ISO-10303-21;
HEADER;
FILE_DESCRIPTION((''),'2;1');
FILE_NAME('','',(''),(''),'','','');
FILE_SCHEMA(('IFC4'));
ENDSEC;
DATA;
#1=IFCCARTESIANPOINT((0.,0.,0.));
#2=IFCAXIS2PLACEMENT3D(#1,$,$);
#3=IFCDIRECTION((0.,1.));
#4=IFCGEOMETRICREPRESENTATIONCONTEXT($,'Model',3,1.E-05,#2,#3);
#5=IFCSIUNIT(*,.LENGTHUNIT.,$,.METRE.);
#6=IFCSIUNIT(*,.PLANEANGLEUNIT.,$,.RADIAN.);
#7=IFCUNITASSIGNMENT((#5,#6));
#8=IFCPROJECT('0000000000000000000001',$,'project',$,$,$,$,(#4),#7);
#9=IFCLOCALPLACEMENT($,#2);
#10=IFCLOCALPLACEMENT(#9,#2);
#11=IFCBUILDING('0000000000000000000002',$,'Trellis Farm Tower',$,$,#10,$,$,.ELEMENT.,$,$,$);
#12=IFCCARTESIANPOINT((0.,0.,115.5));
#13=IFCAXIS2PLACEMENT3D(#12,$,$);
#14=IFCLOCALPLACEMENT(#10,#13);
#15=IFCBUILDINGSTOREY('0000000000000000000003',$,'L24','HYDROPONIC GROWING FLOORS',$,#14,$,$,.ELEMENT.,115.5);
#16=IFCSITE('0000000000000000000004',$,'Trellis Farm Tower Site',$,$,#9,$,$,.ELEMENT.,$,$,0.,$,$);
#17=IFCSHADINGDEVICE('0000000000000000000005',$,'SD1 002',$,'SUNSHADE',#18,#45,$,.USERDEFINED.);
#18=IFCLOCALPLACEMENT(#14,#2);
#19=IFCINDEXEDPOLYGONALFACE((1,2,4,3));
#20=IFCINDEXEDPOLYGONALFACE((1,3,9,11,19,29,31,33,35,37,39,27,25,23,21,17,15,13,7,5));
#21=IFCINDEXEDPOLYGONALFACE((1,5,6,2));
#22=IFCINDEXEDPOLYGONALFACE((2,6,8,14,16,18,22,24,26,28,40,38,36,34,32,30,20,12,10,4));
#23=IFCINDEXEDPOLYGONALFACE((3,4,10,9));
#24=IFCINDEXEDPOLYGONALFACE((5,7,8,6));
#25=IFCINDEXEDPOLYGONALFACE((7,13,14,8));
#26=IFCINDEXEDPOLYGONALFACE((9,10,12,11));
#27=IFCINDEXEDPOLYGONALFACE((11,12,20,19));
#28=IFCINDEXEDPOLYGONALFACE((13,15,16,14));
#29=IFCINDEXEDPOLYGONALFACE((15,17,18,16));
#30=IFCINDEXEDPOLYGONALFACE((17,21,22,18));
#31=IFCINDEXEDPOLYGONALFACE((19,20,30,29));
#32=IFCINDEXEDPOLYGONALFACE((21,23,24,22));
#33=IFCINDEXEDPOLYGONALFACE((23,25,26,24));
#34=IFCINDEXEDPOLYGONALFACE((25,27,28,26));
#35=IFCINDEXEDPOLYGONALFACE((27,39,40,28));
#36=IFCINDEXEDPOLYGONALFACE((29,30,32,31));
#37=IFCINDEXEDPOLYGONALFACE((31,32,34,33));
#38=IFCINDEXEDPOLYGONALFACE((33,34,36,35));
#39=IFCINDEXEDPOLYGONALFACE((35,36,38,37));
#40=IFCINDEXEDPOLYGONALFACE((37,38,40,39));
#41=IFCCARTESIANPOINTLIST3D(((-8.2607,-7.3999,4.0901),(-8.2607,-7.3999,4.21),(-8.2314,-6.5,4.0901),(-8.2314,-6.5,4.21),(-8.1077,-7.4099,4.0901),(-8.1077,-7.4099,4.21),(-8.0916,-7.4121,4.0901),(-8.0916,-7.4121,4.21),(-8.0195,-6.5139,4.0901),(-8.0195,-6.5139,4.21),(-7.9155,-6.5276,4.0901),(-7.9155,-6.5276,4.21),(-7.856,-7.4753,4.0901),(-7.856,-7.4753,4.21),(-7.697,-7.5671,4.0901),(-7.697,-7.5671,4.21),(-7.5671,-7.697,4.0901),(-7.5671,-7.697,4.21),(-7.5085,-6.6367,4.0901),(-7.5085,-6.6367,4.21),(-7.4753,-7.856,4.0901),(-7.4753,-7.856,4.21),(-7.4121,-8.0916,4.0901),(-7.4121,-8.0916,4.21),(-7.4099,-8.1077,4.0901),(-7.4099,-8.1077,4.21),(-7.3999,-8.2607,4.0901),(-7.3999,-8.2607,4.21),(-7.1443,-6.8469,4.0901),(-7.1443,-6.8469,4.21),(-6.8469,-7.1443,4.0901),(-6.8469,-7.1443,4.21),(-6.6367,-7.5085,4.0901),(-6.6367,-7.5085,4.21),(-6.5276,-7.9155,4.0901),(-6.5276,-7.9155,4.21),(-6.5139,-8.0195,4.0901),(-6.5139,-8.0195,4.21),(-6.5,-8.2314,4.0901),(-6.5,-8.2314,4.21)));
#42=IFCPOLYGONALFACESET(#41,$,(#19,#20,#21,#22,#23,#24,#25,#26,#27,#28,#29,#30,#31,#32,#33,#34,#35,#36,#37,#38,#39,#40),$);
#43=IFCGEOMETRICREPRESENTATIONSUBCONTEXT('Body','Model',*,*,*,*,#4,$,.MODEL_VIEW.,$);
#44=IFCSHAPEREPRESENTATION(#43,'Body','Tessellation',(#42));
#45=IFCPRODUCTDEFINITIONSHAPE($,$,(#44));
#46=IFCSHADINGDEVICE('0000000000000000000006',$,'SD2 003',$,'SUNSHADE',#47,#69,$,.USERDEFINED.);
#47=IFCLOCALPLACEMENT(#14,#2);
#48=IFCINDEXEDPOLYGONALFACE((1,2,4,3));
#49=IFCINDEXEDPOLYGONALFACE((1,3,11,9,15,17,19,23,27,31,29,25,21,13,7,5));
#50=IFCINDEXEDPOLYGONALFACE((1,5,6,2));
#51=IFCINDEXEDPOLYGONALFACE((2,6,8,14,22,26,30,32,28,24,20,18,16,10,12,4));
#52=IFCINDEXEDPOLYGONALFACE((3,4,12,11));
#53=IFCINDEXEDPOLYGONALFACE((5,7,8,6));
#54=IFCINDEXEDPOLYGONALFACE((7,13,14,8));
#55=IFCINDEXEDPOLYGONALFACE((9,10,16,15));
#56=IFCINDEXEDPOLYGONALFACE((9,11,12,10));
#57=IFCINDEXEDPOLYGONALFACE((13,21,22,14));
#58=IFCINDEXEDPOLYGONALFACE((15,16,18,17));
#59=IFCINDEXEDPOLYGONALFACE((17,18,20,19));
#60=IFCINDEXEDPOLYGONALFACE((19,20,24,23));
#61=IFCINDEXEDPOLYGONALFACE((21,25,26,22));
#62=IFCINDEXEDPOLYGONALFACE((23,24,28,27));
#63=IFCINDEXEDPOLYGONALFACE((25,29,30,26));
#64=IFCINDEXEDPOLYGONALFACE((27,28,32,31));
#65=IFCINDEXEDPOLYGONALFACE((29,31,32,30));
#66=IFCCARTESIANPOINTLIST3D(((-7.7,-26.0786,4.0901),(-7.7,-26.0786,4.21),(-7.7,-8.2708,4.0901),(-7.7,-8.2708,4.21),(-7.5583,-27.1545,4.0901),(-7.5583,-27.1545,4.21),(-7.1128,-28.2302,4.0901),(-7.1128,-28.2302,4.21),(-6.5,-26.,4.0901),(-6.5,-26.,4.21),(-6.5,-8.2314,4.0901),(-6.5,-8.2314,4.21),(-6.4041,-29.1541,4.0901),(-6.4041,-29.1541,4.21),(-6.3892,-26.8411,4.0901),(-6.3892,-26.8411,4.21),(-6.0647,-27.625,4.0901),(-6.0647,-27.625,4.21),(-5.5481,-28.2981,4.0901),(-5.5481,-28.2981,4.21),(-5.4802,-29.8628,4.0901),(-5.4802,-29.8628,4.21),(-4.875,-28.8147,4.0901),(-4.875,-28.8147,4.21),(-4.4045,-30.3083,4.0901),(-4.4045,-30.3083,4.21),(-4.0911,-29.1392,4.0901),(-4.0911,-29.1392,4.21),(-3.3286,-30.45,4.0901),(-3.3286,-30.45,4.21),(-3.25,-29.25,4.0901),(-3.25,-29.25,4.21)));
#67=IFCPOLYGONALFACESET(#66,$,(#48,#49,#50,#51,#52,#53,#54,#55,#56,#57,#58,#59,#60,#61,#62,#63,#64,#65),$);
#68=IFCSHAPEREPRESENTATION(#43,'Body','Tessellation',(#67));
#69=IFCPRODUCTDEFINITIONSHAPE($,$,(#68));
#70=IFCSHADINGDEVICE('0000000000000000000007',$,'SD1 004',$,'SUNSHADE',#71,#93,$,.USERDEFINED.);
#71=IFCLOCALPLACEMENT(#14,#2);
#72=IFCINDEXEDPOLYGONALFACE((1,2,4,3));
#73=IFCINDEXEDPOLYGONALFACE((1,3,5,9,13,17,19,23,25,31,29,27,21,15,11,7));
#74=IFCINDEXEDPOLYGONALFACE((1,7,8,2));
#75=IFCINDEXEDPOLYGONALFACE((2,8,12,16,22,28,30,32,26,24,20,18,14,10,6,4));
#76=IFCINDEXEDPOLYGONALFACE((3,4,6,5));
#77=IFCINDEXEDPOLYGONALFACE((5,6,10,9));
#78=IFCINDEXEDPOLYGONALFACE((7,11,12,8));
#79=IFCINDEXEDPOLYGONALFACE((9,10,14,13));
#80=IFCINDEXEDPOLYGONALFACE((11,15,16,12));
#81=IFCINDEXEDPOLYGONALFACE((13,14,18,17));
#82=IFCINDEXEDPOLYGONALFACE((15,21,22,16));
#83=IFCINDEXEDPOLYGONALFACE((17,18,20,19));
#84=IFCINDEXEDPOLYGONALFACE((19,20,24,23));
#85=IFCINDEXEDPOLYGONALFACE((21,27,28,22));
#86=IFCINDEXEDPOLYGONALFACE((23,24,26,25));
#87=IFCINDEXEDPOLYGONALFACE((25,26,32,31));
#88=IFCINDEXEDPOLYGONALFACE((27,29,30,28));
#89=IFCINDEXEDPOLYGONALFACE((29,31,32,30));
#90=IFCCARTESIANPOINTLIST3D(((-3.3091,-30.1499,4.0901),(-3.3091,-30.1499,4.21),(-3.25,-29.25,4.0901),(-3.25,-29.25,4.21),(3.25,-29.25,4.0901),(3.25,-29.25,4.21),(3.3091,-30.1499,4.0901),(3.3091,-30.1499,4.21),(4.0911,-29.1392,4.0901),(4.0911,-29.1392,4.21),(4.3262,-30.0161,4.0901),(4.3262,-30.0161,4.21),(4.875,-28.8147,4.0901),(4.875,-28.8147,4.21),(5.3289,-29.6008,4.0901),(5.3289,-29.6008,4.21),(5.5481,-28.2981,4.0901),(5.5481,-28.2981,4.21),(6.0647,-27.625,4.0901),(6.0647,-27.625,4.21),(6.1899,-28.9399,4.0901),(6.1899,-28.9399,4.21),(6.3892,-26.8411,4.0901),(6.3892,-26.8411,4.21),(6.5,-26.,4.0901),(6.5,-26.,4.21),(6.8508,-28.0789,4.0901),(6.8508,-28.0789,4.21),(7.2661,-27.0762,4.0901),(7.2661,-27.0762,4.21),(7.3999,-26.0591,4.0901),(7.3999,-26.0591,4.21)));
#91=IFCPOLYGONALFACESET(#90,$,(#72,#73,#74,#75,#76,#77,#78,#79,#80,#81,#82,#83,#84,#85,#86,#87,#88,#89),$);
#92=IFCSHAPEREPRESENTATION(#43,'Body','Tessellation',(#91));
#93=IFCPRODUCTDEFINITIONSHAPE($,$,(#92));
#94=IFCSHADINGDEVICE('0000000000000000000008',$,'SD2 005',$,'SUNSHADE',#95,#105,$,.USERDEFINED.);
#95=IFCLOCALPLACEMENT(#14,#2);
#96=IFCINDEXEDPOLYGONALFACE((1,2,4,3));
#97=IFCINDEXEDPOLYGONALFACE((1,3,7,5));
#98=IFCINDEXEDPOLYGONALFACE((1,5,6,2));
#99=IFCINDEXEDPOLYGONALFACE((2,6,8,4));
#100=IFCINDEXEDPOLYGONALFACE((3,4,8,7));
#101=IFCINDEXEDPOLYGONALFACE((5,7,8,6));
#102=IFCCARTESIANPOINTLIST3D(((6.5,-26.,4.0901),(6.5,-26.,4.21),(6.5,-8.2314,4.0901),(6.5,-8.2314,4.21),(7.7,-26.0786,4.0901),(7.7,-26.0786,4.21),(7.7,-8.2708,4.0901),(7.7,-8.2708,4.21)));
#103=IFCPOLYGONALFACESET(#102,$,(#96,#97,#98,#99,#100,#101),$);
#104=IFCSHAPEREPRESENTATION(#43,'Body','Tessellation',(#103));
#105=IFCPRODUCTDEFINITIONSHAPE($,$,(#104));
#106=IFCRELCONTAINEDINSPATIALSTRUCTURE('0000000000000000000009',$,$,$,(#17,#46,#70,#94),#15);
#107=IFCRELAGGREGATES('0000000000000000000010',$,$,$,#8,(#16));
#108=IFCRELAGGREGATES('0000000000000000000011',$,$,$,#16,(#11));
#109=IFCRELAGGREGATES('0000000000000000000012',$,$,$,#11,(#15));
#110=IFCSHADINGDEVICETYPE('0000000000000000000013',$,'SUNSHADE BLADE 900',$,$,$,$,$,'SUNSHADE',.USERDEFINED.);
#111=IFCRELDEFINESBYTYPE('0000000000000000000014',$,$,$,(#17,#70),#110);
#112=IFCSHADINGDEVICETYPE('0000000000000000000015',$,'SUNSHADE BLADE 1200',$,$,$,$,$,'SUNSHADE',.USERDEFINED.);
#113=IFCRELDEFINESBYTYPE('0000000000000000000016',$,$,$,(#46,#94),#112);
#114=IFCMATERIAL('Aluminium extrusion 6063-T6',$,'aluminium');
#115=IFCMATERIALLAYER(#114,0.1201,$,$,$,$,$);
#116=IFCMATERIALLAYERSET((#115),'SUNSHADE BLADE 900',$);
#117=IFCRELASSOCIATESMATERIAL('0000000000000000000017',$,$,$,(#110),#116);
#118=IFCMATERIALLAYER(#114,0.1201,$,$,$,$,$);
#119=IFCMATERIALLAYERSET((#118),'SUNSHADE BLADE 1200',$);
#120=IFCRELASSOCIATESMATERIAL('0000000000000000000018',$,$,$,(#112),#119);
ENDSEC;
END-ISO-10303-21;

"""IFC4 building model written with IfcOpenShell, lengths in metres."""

from ifc_helpers import new_model, si_unit, direction, frame, origin, place, context, subcontext, project, spatial, polyline, outline, extrude, source, transform, mapped, material, layer, layer_set, type_object, element, save


model = new_model("IFC4")

# Units and contexts
model_context = context("Model", 3, precision=1e-05, world=origin(), true_north=direction((0.0, 1.0)))
body_context = subcontext(model_context, "Body", "Model", "MODEL_VIEW")
ifc_project = project(units=[si_unit("LENGTHUNIT", "METRE"), si_unit("PLANEANGLEUNIT", "RADIAN")], contexts=[model_context])

# Site, building, storey
site_placement = place(None, origin())
site = spatial("IfcSite", under=ifc_project, at=site_placement, Name="Trellis Farm Tower Site", CompositionType="ELEMENT", RefElevation=0.0)
building_placement = place(site_placement, origin())
building = spatial("IfcBuilding", under=site, at=building_placement, Name="Trellis Farm Tower", CompositionType="ELEMENT")
storey_placement = place(building_placement, frame((0.0, 0.0, 115.5)))
storey = spatial("IfcBuildingStorey", under=building, at=storey_placement, Name="L24", Description="HYDROPONIC GROWING FLOORS", CompositionType="ELEMENT", Elevation=115.5)

# Shared definitions
ifc_material_1 = material(Name="Aluminium extrusion 6063-T6", Category="aluminium")

# Shading devices
ifc_layer_1 = layer(ifc_material_1, 0.1201)
ifc_layer_set_1 = layer_set([ifc_layer_1], Name="SUNSHADE BLADE 900")
shading_device_type_1 = type_object("IfcShadingDeviceType", Name="SUNSHADE BLADE 900", ElementType="SUNSHADE", PredefinedType="USERDEFINED", material=ifc_layer_set_1)
placement_1 = place(storey_placement, frame((0.0, 0.0, 4.0901)))
shared_shape_1 = source(origin(), body_context, "Body", "SweptSolid", [
    extrude(outline(polyline([(-8.2607, -7.3999), (-8.1077, -7.4099), (-8.0916, -7.4121), (-7.856, -7.4753), (-7.697, -7.5671), (-7.5671, -7.697), (-7.4753, -7.856), (-7.4121, -8.0916), (-7.4099, -8.1077), (-7.3999, -8.2607), (-6.5, -8.2314), (-6.5139, -8.0195), (-6.5276, -7.9155), (-6.6367, -7.5085), (-6.8469, -7.1443), (-7.1443, -6.8469), (-7.5085, -6.6367), (-7.9155, -6.5276), (-8.0195, -6.5139), (-8.2314, -6.5), (-8.2607, -7.3999)])), origin(), (0.0, 0.0, 1.0), 0.1199),
])
element("IfcShadingDevice", 1, at=placement_1, inside=storey, type_object=shading_device_type_1, Name="SD1 002", ObjectType="SUNSHADE", PredefinedType="USERDEFINED", context=body_context, shape_type="MappedRepresentation", body=[
    mapped(shared_shape_1, transform((0.0, 0.0, 0.0))),
])
ifc_layer_2 = layer(ifc_material_1, 0.1201)
ifc_layer_set_2 = layer_set([ifc_layer_2], Name="SUNSHADE BLADE 1200")
shading_device_type_2 = type_object("IfcShadingDeviceType", Name="SUNSHADE BLADE 1200", ElementType="SUNSHADE", PredefinedType="USERDEFINED", material=ifc_layer_set_2)
shared_shape_2 = source(origin(), body_context, "Body", "SweptSolid", [
    extrude(outline(polyline([(-7.7, -8.2708), (-7.7, -26.0786), (-7.5583, -27.1545), (-7.1128, -28.2302), (-6.4041, -29.1541), (-5.4802, -29.8628), (-4.4045, -30.3083), (-3.3286, -30.45), (-3.25, -29.25), (-4.0911, -29.1392), (-4.875, -28.8147), (-5.5481, -28.2981), (-6.0647, -27.625), (-6.3892, -26.8411), (-6.5, -26.0), (-6.5, -8.2314), (-7.7, -8.2708)])), origin(), (0.0, 0.0, 1.0), 0.1199),
])
element("IfcShadingDevice", 2, at=placement_1, inside=storey, type_object=shading_device_type_2, Name="SD2 003", ObjectType="SUNSHADE", PredefinedType="USERDEFINED", context=body_context, shape_type="MappedRepresentation", body=[
    mapped(shared_shape_2, transform((0.0, 0.0, 0.0))),
])
shared_shape_3 = source(origin(), body_context, "Body", "SweptSolid", [
    extrude(outline(polyline([(-3.3091, -30.1499), (3.3091, -30.1499), (4.3262, -30.0161), (5.3289, -29.6008), (6.1899, -28.9399), (6.8508, -28.0789), (7.2661, -27.0762), (7.3999, -26.0591), (6.5, -26.0), (6.3892, -26.8411), (6.0647, -27.625), (5.5481, -28.2981), (4.875, -28.8147), (4.0911, -29.1392), (3.25, -29.25), (-3.25, -29.25), (-3.3091, -30.1499)])), origin(), (0.0, 0.0, 1.0), 0.1199),
])
element("IfcShadingDevice", 3, at=placement_1, inside=storey, type_object=shading_device_type_1, Name="SD1 004", ObjectType="SUNSHADE", PredefinedType="USERDEFINED", context=body_context, shape_type="MappedRepresentation", body=[
    mapped(shared_shape_3, transform((0.0, 0.0, 0.0))),
])
shared_shape_4 = source(origin(), body_context, "Body", "SweptSolid", [
    extrude(outline(polyline([(7.7, -26.0786), (7.7, -8.2708), (6.5, -8.2314), (6.5, -26.0), (7.7, -26.0786)])), origin(), (0.0, 0.0, 1.0), 0.1199),
])
element("IfcShadingDevice", 4, at=placement_1, inside=storey, type_object=shading_device_type_2, Name="SD2 005", ObjectType="SUNSHADE", PredefinedType="USERDEFINED", context=body_context, shape_type="MappedRepresentation", body=[
    mapped(shared_shape_4, transform((0.0, 0.0, 0.0))),
])

save(model, "model.ifc")
